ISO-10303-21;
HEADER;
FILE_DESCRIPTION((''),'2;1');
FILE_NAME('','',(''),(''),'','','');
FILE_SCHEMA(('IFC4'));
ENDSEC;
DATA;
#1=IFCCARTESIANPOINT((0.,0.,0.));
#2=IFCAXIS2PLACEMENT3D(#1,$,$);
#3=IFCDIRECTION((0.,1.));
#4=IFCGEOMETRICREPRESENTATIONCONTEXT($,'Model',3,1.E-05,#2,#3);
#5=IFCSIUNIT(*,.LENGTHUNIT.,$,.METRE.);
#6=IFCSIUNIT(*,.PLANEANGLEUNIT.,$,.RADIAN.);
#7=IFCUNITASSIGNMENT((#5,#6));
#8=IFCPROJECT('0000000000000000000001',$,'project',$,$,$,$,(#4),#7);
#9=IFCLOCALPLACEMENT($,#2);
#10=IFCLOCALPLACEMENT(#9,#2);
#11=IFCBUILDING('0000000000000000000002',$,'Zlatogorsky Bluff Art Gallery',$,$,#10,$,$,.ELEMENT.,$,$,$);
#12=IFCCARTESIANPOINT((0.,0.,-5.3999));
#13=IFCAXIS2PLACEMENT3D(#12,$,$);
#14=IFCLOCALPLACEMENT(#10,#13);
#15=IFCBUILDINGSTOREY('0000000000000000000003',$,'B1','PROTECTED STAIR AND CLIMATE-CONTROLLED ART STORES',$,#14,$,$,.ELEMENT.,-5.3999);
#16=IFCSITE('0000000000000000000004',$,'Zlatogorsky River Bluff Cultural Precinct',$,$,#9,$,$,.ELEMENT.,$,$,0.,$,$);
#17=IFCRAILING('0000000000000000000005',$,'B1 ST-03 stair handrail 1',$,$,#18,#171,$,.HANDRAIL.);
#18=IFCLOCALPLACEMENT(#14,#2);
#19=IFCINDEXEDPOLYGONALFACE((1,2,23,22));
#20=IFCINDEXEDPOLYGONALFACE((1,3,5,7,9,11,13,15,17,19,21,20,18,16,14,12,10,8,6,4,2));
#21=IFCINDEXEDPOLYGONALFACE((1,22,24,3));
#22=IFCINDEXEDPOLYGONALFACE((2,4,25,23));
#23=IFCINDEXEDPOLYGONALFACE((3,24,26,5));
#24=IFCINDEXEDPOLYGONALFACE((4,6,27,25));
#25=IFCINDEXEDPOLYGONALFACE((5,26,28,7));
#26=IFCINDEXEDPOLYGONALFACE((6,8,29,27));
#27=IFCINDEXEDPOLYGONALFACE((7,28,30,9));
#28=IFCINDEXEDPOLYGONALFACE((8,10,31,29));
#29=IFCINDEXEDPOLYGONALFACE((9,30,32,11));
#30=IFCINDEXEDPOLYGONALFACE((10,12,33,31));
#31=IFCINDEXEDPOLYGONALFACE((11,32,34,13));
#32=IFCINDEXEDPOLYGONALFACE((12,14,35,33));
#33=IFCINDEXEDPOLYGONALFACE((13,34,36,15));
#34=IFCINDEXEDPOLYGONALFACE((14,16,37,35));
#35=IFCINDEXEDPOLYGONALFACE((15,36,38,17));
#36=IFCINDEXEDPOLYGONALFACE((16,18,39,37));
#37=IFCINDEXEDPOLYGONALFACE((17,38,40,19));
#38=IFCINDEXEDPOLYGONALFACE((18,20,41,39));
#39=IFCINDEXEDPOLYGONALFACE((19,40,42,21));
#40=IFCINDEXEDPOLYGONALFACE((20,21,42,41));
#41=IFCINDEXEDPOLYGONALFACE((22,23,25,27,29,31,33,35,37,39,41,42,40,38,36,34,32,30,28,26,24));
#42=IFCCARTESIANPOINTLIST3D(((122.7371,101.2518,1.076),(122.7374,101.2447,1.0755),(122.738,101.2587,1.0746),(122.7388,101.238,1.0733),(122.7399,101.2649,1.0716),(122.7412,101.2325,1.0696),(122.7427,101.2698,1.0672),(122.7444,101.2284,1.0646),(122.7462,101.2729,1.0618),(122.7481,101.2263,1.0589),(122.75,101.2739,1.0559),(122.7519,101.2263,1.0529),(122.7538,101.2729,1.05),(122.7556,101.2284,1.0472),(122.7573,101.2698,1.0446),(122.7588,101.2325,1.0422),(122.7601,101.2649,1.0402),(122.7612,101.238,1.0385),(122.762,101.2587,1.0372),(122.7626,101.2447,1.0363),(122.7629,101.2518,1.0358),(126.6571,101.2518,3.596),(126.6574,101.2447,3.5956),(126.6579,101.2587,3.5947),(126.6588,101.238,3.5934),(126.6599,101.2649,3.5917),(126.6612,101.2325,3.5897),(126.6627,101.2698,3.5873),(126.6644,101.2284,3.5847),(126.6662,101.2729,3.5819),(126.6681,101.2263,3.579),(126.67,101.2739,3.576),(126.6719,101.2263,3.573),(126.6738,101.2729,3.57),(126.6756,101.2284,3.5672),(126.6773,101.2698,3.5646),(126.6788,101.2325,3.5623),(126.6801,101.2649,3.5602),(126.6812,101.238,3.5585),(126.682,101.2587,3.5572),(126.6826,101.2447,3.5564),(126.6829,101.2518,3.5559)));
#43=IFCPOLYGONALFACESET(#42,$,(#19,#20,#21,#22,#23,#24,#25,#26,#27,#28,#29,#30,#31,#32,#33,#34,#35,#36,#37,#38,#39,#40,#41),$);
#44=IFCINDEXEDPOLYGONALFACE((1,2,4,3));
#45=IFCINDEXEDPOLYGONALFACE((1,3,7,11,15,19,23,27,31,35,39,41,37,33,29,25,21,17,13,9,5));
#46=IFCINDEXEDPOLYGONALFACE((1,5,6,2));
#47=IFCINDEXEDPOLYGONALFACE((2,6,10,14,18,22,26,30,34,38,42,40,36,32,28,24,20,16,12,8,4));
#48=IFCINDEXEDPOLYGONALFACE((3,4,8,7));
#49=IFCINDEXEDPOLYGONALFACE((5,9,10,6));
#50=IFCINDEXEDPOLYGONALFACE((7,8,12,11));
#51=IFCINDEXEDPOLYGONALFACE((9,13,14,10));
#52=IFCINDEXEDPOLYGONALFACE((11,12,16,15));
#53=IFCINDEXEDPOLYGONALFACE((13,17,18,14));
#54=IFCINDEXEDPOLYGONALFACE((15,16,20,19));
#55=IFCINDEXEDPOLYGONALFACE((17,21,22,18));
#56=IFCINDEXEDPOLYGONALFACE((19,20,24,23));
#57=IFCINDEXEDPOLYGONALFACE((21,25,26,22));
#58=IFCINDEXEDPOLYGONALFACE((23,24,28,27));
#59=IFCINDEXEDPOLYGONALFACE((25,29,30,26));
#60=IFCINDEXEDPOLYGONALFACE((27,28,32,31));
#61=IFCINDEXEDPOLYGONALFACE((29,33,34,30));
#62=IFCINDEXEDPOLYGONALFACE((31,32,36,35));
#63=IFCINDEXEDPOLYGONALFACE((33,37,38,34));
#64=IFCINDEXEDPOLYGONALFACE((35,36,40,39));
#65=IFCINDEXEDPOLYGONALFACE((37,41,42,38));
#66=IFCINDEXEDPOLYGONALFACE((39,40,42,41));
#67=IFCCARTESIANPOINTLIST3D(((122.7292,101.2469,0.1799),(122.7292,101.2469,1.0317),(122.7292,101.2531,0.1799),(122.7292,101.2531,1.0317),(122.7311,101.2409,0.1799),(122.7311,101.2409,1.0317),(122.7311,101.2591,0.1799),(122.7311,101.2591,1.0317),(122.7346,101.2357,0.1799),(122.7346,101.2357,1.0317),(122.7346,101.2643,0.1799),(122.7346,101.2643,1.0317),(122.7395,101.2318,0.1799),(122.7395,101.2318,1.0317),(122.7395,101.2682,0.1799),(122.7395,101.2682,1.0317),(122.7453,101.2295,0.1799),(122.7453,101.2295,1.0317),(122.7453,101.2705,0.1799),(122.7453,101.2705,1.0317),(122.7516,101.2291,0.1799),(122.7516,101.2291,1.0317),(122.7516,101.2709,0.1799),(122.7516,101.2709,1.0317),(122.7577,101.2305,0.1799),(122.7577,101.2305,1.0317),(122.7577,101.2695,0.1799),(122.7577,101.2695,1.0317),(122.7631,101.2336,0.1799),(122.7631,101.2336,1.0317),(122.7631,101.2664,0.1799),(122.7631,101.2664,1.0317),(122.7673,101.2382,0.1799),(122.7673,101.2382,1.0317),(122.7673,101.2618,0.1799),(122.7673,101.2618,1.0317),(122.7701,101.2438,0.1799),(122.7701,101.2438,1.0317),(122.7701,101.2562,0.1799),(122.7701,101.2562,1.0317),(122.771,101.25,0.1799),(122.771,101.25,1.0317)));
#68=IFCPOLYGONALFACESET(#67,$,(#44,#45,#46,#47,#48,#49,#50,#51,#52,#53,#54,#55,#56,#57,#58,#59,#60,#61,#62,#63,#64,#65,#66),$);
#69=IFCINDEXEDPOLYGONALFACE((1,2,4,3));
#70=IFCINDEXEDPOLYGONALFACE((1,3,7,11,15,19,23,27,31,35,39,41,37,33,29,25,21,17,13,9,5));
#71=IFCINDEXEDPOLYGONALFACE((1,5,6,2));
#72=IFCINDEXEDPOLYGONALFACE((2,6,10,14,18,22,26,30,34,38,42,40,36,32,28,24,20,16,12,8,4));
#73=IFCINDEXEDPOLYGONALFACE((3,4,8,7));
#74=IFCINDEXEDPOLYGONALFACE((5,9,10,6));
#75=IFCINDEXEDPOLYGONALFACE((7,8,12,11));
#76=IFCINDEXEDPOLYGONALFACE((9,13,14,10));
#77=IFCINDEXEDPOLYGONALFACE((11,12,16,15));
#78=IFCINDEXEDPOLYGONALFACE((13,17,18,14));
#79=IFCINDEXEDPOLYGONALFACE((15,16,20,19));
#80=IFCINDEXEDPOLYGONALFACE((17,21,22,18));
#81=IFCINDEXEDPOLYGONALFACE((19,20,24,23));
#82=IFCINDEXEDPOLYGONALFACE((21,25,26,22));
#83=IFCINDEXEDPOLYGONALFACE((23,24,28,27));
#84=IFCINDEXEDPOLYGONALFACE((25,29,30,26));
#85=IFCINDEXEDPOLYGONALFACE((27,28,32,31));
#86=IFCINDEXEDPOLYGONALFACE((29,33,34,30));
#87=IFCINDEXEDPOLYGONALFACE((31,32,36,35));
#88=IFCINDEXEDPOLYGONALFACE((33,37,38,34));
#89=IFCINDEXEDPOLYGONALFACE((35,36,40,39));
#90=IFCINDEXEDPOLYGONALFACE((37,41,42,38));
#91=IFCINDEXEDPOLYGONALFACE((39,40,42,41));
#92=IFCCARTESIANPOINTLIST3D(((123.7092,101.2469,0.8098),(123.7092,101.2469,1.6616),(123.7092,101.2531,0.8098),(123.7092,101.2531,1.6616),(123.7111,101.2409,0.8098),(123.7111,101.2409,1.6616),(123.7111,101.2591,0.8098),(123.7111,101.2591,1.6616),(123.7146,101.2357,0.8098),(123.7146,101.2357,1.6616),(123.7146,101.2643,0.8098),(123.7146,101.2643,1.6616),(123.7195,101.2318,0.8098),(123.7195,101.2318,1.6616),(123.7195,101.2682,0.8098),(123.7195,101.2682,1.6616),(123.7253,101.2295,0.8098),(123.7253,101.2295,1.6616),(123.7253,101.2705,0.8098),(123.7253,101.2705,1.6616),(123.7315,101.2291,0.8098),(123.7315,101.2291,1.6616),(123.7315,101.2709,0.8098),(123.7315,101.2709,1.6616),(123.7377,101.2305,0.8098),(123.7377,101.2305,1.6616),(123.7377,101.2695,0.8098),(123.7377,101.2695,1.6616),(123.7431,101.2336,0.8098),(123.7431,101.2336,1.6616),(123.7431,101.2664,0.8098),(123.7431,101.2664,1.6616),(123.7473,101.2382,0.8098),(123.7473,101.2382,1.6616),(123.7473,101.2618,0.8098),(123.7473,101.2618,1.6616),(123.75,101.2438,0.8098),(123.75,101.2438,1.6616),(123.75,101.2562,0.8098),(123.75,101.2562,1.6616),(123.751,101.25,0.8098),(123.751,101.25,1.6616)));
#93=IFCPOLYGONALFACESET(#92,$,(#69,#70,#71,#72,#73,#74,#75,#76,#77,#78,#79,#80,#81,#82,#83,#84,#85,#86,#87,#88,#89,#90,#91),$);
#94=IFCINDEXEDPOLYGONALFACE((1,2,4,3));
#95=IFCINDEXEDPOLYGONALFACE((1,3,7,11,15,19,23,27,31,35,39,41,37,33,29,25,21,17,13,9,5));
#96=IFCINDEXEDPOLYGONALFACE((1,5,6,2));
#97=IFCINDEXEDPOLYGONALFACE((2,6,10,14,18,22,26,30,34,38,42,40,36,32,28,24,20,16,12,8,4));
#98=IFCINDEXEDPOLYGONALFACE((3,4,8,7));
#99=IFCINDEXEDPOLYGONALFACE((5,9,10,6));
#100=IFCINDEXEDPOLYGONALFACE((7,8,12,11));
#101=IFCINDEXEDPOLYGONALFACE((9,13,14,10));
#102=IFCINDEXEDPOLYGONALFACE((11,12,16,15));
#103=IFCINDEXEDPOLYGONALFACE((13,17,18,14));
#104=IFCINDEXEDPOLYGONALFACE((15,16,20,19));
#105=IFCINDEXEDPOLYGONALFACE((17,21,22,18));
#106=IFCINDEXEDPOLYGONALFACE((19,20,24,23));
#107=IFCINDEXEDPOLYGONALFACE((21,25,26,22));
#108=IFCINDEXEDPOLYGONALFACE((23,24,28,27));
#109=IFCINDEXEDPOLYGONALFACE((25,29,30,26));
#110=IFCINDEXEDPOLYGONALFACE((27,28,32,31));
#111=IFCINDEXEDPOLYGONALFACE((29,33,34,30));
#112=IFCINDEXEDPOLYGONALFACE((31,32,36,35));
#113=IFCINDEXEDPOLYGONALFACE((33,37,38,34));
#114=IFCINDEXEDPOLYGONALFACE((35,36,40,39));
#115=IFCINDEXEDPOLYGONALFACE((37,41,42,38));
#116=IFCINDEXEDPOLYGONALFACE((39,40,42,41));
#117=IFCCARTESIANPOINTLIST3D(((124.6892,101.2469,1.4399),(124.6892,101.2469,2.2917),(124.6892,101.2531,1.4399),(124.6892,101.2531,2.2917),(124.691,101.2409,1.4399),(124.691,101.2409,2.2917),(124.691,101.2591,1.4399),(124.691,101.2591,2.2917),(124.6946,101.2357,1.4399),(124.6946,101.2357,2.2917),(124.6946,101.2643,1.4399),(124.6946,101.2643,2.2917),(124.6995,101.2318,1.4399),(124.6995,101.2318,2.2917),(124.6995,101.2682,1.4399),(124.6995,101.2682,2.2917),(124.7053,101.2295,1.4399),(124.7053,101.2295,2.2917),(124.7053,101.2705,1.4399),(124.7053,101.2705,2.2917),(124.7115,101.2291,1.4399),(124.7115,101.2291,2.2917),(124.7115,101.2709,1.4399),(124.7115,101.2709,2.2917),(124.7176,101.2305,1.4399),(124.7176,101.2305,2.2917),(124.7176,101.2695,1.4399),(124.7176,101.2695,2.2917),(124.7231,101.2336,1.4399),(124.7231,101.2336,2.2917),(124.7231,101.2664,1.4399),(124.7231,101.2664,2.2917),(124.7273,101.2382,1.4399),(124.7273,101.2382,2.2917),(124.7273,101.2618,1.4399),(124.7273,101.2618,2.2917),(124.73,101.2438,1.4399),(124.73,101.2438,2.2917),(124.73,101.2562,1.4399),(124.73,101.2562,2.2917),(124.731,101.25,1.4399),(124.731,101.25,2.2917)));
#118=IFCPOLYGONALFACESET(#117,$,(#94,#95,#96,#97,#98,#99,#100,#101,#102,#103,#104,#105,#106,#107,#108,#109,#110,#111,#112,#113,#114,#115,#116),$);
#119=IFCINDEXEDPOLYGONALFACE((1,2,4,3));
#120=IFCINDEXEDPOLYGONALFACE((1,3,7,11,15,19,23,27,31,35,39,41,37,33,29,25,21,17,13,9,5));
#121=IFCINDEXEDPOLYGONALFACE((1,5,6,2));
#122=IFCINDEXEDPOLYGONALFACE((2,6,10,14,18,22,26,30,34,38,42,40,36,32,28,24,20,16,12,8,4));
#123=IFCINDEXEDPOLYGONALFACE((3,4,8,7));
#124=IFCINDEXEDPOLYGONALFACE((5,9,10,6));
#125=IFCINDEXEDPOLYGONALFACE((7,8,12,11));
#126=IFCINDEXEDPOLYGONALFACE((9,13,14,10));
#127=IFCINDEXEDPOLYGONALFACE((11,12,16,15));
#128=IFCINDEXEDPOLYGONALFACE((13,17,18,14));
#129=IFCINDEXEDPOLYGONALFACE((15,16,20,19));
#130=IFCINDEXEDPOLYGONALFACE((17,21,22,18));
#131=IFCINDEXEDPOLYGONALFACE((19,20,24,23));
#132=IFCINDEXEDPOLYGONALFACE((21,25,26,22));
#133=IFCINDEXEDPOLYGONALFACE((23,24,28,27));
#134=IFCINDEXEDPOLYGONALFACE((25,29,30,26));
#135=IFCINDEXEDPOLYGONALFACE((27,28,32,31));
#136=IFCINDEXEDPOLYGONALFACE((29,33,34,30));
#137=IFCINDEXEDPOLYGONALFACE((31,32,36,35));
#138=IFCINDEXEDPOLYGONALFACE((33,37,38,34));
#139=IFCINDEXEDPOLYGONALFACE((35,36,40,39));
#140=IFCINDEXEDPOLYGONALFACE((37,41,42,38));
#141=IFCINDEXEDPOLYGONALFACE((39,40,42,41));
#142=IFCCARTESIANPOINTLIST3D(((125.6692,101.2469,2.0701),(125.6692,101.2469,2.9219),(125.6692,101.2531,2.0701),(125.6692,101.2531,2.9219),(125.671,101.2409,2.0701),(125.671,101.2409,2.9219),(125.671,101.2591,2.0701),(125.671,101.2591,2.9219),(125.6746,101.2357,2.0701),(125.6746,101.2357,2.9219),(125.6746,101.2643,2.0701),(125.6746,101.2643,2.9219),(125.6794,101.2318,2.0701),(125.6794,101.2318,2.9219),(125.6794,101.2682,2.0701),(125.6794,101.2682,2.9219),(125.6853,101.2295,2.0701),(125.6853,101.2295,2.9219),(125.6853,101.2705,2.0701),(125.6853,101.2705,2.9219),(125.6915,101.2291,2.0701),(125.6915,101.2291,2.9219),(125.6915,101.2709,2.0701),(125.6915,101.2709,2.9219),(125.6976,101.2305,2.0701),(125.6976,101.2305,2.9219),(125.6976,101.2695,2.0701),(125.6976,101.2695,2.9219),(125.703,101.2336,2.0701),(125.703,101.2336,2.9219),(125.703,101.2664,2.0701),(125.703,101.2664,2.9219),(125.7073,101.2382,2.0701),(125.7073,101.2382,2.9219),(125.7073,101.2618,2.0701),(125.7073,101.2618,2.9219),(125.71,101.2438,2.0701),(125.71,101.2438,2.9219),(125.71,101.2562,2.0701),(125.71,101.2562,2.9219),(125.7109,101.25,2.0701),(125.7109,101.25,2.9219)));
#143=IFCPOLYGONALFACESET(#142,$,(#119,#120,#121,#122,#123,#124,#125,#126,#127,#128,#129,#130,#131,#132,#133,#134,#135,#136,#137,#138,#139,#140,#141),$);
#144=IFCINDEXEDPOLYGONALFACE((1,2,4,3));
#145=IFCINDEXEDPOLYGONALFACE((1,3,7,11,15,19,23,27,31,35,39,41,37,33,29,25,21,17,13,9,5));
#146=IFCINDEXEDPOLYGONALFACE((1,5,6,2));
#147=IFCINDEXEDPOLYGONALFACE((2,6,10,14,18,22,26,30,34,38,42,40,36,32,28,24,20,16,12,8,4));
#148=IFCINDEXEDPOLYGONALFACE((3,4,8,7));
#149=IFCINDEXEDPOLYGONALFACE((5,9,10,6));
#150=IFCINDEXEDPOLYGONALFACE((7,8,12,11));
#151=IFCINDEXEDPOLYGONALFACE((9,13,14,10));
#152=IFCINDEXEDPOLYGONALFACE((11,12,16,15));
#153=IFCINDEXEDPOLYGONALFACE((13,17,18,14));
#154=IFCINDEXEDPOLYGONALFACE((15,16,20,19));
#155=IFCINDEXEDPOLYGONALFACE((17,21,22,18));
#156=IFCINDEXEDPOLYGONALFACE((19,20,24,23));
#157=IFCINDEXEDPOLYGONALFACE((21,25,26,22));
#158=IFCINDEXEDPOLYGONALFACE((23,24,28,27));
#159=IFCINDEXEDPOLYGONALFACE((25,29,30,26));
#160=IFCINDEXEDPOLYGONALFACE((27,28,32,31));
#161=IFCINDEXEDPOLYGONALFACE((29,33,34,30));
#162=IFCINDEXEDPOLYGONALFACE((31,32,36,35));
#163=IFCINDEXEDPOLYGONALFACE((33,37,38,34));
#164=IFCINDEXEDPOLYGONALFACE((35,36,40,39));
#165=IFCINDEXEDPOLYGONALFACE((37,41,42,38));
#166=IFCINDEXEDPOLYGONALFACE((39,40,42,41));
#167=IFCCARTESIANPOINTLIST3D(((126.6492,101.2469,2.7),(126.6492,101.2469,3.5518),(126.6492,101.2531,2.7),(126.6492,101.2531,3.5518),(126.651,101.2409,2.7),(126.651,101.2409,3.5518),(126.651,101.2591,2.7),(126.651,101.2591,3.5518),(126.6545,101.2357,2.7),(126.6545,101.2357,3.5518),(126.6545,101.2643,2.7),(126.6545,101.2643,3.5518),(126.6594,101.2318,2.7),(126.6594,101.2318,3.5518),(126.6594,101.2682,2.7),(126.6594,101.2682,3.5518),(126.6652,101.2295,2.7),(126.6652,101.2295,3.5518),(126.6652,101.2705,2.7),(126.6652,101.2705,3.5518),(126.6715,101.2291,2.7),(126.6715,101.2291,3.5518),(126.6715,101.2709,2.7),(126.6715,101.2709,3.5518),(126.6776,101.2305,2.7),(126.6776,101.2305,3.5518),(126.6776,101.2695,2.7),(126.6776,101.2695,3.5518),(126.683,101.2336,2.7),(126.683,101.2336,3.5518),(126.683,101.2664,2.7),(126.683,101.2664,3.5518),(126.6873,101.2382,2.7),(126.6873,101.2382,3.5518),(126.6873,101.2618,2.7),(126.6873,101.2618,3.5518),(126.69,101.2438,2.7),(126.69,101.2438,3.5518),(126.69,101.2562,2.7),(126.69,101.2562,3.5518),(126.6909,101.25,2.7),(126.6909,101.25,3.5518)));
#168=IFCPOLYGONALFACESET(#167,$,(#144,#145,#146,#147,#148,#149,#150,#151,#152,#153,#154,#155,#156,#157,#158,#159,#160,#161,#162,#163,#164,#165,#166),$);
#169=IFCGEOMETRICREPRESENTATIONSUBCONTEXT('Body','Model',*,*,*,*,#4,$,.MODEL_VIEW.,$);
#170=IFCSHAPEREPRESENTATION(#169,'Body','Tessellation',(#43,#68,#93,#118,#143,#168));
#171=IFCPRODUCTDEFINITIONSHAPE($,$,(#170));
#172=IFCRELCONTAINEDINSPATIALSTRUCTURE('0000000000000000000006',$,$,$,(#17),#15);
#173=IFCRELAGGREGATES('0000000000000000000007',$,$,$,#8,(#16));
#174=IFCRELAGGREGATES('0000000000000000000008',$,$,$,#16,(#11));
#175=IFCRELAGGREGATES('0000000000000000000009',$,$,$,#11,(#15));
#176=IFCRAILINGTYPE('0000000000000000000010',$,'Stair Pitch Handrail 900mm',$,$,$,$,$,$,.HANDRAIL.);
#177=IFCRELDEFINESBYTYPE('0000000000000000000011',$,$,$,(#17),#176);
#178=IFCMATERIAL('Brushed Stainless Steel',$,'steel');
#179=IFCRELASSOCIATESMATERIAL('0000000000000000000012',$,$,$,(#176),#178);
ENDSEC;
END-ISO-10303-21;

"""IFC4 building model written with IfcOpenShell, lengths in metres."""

from ifc_helpers import new_model, si_unit, direction, frame, origin, origin_2d, place, context, subcontext, project, spatial, circle, extrude, material, type_object, element, save


model = new_model("IFC4")

# Units and contexts
model_context = context("Model", 3, precision=1e-05, world=origin(), true_north=direction((0.0, 1.0)))
body_context = subcontext(model_context, "Body", "Model", "MODEL_VIEW")
ifc_project = project(units=[si_unit("LENGTHUNIT", "METRE"), si_unit("PLANEANGLEUNIT", "RADIAN")], contexts=[model_context])

# Site, building, storey
site_placement = place(None, origin())
site = spatial("IfcSite", under=ifc_project, at=site_placement, Name="Zlatogorsky River Bluff Cultural Precinct", CompositionType="ELEMENT", RefElevation=0.0)
building_placement = place(site_placement, origin())
building = spatial("IfcBuilding", under=site, at=building_placement, Name="Zlatogorsky Bluff Art Gallery", CompositionType="ELEMENT")
storey_placement = place(building_placement, frame((0.0, 0.0, -5.3999)))
storey = spatial("IfcBuildingStorey", under=building, at=storey_placement, Name="B1", Description="PROTECTED STAIR AND CLIMATE-CONTROLLED ART STORES", CompositionType="ELEMENT", Elevation=-5.3999)

# Railing
ifc_material_1 = material(Name="Brushed Stainless Steel", Category="steel")
railing_type_1 = type_object("IfcRailingType", Name="Stair Pitch Handrail 900mm", PredefinedType="HANDRAIL", material=ifc_material_1)
railing_1_placement = place(storey_placement, frame((122.75, 101.25, 0.1799)))
element("IfcRailing", 1, at=railing_1_placement, inside=storey, type_object=railing_type_1, Name="B1 ST-03 stair handrail 1", PredefinedType="HANDRAIL", context=body_context, shape_type="SweptSolid", body=[
    extrude(circle(Radius=0.0239, at=origin_2d()), frame((0.0, 0.0, 0.876), z_axis=(0.841172, 0.0, 0.540768), x_axis=(0.0, 1.0, 0.0)), (0.0, 0.0, 1.0), 4.6602),
    extrude(circle(Radius=0.021, at=origin_2d()), origin(), (0.0, 0.0, 1.0), 0.8518),
    extrude(circle(Radius=0.021, at=origin_2d()), frame((0.98, 0.0, 0.6299)), (0.0, 0.0, 1.0), 0.8518),
    extrude(circle(Radius=0.021, at=origin_2d()), frame((1.96, 0.0, 1.26)), (0.0, 0.0, 1.0), 0.8518),
    extrude(circle(Radius=0.021, at=origin_2d()), frame((2.9399, 0.0, 1.8901)), (0.0, 0.0, 1.0), 0.8518),
    extrude(circle(Radius=0.021, at=origin_2d()), frame((3.9199, 0.0, 2.52)), (0.0, 0.0, 1.0), 0.8518),
])

save(model, "model.ifc")
